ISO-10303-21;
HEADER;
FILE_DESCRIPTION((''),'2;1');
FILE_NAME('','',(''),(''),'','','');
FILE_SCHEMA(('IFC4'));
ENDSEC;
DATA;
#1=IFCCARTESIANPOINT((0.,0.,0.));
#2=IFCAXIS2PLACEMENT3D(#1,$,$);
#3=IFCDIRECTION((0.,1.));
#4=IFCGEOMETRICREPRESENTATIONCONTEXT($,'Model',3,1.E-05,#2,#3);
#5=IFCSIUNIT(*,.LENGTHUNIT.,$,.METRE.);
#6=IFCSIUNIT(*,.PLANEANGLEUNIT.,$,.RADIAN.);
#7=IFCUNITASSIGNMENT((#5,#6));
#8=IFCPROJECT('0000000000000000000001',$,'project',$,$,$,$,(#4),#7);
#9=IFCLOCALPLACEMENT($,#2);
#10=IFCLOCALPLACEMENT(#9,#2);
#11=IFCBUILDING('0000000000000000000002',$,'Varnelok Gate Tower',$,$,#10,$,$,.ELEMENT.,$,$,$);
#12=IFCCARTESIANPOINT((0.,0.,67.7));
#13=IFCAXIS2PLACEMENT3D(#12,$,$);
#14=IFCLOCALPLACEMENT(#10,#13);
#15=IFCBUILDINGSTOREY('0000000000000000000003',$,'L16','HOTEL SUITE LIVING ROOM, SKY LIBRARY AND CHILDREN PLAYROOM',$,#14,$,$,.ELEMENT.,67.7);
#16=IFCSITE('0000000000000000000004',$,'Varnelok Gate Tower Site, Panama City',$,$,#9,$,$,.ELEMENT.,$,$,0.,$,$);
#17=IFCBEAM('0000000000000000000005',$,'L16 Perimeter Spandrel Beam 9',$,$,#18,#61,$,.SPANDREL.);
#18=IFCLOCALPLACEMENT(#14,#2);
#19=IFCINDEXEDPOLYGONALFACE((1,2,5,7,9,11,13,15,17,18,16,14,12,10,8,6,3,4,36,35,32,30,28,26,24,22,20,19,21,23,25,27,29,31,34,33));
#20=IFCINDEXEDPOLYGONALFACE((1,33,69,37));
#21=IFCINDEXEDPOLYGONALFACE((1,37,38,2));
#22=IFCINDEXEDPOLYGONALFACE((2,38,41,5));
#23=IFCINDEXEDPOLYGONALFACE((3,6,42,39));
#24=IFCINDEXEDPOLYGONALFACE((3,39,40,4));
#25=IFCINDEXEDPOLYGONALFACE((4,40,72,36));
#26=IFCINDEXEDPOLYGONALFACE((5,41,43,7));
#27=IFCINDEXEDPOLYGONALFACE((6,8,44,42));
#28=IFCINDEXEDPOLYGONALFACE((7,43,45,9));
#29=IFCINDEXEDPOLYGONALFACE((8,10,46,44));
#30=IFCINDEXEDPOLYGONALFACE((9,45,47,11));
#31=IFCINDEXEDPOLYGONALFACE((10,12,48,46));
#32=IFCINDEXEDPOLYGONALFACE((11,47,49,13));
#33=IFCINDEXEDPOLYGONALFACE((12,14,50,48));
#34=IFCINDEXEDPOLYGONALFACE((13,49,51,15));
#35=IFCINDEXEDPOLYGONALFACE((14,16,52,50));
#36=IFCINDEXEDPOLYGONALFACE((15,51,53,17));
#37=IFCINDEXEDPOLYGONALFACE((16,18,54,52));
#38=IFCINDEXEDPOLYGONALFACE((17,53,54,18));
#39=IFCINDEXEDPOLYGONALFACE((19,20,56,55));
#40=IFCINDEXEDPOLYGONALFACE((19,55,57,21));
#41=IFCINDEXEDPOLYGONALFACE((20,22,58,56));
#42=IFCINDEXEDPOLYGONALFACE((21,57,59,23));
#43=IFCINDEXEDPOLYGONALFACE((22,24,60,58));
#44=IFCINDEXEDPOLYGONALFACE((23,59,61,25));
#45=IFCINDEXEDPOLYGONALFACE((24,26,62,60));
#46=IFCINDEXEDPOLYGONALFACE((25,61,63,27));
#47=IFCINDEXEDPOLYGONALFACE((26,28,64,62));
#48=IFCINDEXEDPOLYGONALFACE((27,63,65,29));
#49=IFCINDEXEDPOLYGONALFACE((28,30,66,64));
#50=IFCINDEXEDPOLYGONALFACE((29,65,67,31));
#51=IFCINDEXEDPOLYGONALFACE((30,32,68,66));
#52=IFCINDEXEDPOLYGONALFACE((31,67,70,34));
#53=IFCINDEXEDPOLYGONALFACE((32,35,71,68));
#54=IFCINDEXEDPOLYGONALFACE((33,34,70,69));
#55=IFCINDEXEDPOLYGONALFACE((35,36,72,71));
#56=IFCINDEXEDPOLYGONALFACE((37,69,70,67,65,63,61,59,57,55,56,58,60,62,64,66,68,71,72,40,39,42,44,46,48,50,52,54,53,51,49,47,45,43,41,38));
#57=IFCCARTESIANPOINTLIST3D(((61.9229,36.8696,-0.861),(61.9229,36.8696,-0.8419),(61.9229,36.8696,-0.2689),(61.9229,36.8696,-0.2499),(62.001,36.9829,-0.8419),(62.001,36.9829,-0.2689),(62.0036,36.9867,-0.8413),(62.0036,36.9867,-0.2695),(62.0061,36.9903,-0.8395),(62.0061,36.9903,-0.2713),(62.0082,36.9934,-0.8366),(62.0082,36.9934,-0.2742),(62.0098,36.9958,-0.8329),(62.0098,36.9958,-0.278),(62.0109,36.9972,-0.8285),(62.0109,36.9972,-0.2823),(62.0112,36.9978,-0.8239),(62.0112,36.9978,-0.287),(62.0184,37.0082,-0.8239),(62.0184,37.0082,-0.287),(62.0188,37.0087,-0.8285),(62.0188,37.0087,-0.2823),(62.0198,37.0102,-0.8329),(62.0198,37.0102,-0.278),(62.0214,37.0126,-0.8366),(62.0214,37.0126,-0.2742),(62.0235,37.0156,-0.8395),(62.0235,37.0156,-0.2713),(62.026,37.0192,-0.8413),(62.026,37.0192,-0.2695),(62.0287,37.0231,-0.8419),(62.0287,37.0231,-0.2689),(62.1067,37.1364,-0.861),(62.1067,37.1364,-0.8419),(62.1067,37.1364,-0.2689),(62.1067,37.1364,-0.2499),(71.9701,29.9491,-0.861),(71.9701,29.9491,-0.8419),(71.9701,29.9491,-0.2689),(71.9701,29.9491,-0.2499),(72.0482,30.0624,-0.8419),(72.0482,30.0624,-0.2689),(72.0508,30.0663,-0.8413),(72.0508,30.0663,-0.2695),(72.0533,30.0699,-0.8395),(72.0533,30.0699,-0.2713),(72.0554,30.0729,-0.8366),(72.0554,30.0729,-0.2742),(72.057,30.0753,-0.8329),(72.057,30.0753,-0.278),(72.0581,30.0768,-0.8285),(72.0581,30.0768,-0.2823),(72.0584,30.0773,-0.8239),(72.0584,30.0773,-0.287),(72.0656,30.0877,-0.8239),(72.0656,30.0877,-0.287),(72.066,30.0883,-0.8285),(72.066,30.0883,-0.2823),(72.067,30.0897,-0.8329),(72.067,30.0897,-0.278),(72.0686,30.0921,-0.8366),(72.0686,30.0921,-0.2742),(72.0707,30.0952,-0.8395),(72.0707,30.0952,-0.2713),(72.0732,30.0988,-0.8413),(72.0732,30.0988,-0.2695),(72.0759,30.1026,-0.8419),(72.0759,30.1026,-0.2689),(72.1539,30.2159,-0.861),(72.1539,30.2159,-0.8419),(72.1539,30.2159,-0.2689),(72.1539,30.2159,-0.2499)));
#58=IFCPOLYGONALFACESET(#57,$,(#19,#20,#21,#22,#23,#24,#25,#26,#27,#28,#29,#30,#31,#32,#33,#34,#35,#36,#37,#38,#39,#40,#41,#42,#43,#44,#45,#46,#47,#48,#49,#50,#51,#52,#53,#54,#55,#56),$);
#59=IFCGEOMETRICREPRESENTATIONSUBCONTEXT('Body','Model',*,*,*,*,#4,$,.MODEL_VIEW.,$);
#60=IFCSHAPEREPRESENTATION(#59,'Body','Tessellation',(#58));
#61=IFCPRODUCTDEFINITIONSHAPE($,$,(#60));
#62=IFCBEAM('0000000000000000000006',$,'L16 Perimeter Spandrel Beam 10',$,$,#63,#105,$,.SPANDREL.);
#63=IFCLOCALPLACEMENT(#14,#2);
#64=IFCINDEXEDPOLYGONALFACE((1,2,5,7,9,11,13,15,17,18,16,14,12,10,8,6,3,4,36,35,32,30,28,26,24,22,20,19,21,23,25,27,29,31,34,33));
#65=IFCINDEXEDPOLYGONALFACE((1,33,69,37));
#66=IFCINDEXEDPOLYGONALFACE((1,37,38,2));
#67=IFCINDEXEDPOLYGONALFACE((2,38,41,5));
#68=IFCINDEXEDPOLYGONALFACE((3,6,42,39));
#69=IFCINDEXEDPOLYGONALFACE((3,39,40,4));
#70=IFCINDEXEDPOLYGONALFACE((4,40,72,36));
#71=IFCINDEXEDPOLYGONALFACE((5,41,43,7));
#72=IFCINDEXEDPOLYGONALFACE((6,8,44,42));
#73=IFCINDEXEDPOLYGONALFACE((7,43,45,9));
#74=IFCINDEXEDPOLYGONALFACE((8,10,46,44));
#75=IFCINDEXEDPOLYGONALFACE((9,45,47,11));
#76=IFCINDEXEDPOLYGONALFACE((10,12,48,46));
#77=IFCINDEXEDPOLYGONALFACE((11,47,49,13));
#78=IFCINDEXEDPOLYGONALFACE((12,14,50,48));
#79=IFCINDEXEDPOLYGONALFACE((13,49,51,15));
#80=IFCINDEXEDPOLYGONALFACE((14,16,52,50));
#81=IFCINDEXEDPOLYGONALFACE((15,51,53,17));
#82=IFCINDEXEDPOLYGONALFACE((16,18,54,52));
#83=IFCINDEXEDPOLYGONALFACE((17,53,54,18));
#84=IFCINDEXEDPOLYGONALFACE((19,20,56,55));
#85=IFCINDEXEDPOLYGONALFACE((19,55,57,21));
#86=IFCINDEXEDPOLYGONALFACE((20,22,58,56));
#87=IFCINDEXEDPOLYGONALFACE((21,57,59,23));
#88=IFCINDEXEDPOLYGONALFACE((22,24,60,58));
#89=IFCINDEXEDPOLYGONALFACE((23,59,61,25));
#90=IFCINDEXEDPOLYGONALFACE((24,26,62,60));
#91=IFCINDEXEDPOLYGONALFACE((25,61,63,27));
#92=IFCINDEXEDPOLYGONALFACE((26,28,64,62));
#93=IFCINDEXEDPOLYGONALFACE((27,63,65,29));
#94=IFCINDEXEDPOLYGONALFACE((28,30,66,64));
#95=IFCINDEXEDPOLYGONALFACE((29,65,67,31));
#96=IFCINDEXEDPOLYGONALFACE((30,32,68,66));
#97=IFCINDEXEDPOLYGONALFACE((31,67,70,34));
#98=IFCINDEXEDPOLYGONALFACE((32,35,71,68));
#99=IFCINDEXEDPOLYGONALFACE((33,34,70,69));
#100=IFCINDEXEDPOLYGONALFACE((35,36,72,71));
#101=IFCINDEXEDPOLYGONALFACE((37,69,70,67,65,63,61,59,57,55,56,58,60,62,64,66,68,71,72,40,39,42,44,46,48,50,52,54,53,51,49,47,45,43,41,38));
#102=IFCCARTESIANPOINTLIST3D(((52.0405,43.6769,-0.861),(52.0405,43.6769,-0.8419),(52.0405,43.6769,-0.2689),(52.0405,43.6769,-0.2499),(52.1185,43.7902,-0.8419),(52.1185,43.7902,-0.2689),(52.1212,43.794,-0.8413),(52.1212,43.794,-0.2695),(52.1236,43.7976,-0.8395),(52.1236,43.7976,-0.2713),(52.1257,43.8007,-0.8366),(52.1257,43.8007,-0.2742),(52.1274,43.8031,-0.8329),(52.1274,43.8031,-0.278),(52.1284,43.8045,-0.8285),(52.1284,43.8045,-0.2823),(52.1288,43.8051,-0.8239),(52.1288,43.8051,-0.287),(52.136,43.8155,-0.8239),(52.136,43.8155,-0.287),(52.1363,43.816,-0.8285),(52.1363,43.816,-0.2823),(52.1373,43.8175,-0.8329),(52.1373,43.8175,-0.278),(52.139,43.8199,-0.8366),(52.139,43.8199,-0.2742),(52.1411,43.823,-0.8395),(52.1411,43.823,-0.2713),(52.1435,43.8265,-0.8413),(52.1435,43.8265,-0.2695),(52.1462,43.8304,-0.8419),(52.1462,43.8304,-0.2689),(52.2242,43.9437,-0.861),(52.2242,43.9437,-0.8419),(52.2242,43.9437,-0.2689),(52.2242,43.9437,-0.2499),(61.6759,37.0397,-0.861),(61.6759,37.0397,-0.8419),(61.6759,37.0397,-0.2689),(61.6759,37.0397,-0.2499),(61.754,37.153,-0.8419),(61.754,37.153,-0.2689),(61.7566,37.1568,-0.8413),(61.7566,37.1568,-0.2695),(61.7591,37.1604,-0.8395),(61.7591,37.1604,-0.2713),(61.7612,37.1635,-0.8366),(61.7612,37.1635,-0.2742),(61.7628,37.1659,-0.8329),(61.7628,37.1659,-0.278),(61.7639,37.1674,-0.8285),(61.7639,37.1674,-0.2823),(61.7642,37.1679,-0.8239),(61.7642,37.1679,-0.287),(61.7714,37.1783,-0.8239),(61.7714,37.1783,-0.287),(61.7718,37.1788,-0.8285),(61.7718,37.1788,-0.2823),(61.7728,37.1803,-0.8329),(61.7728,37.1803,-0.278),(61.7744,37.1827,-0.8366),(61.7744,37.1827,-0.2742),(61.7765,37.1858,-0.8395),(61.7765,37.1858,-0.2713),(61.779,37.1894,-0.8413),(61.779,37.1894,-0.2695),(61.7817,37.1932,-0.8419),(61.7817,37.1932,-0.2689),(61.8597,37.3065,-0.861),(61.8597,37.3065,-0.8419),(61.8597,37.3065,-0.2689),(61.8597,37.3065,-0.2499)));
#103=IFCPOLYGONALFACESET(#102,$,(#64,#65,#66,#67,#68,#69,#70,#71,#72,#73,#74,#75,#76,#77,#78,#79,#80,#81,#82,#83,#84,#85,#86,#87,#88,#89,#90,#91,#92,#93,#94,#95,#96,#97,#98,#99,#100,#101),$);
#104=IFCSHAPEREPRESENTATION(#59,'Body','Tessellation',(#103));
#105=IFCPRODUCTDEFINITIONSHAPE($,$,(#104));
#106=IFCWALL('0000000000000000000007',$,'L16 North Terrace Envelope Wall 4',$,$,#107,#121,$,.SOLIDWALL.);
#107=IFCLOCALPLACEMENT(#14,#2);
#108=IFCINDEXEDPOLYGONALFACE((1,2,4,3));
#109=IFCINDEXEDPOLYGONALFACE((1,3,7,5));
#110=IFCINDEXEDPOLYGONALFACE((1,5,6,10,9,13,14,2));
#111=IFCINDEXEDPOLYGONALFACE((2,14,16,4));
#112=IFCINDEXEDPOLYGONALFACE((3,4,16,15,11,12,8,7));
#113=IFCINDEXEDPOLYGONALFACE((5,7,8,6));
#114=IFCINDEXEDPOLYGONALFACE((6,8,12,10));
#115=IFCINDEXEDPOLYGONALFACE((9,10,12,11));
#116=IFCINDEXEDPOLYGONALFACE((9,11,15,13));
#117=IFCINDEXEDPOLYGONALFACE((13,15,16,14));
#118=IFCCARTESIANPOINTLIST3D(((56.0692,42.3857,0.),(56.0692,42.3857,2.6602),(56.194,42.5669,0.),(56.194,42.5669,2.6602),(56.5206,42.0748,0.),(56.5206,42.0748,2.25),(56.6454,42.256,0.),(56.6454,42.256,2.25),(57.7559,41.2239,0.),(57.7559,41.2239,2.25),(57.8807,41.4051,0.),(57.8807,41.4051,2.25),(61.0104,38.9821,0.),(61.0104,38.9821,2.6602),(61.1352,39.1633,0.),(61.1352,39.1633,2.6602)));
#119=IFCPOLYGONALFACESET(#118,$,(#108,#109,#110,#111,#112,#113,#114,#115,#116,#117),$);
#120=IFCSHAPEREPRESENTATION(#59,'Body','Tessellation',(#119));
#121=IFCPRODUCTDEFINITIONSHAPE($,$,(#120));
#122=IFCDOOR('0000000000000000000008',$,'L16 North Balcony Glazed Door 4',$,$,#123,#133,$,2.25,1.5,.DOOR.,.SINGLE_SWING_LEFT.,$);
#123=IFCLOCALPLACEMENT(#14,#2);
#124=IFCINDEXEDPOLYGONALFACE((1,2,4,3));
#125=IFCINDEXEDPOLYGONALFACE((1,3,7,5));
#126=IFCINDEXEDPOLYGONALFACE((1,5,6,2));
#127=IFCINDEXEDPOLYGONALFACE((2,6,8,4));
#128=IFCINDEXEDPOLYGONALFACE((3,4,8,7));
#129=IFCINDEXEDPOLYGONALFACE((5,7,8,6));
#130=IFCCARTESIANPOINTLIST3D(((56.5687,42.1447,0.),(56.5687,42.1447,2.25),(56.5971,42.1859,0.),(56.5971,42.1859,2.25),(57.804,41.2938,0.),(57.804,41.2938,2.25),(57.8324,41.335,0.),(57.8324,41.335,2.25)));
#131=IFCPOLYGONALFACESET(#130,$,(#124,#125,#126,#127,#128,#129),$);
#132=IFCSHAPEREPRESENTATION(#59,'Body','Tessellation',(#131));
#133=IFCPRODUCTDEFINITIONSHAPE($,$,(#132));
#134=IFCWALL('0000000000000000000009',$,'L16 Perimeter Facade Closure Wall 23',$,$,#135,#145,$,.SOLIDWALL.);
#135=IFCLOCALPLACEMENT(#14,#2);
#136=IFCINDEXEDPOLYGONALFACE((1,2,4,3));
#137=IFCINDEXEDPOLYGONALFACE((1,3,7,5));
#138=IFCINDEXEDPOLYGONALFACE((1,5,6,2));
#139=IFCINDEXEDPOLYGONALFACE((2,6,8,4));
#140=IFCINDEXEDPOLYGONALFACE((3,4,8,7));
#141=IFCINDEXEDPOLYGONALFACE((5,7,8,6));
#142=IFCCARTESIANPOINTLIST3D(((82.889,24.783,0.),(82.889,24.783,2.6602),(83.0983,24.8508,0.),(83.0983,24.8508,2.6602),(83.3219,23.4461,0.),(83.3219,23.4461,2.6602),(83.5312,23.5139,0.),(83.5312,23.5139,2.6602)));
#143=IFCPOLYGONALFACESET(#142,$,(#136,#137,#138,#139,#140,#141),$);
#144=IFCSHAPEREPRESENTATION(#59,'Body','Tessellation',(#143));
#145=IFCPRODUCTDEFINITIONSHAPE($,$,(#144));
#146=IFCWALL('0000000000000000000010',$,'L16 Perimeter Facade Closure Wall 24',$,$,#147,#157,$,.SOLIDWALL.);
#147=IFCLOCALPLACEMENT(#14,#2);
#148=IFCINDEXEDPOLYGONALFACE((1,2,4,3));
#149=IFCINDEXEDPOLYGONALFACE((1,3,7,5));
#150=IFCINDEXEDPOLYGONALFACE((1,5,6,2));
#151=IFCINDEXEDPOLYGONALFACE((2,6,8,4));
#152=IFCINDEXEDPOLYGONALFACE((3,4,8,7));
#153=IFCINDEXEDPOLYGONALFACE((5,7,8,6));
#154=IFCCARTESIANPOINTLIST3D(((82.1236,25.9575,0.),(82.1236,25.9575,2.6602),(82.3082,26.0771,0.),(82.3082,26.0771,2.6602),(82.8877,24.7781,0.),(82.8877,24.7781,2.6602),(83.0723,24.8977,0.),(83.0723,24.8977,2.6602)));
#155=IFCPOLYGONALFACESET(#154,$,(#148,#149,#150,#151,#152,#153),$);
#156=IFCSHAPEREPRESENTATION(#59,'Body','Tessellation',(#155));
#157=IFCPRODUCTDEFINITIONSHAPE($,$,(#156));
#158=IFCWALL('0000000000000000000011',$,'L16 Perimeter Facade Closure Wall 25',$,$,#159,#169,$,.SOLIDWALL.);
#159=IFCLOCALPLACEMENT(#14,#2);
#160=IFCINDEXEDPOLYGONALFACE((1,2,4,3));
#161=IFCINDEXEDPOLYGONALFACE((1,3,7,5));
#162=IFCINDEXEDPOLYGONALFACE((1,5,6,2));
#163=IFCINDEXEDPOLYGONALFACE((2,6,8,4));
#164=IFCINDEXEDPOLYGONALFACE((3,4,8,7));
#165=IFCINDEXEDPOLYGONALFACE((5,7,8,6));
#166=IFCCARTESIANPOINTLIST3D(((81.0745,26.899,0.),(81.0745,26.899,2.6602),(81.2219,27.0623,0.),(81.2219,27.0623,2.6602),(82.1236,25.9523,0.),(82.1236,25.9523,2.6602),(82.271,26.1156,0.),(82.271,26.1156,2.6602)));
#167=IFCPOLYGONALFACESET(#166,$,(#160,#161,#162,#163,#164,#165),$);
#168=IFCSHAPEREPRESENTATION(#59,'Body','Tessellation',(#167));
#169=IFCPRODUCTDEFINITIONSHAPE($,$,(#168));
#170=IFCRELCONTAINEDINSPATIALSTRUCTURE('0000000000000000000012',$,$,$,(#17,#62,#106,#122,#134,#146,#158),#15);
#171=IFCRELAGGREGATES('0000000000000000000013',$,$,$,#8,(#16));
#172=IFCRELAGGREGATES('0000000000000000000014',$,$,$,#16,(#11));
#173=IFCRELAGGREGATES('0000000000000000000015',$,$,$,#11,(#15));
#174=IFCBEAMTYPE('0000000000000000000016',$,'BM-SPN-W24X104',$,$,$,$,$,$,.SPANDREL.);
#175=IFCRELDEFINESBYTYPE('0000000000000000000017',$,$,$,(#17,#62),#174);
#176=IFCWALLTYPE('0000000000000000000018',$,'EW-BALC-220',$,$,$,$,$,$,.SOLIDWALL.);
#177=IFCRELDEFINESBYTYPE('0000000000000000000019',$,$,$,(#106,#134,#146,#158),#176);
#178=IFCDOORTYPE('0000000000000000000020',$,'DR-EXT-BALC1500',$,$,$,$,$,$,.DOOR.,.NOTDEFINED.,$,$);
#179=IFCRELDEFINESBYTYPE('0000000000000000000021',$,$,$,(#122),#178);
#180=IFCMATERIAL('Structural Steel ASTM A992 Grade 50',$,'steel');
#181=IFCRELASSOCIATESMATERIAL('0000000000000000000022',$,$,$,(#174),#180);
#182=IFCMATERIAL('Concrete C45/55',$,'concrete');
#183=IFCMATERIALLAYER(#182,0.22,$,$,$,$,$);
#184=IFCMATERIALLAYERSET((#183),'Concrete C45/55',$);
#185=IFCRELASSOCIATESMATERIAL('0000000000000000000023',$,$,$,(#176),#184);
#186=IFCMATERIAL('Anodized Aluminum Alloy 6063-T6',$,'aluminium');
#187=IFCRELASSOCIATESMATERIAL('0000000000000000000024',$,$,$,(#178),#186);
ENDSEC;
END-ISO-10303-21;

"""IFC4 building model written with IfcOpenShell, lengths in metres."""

from ifc_helpers import new_model, si_unit, direction, frame, frame_2d, origin, origin_2d, place, context, subcontext, project, spatial, rectangle, i_section, extrude, material, layer, layer_set, material_profile, profile_set, type_object, element, fill, save


model = new_model("IFC4")

# Units and contexts
model_context = context("Model", 3, precision=1e-05, world=origin(), true_north=direction((0.0, 1.0)))
body_context = subcontext(model_context, "Body", "Model", "MODEL_VIEW")
ifc_project = project(units=[si_unit("LENGTHUNIT", "METRE"), si_unit("PLANEANGLEUNIT", "RADIAN")], contexts=[model_context])

# Site, building, storey
site_placement = place(None, origin())
site = spatial("IfcSite", under=ifc_project, at=site_placement, Name="Varnelok Gate Tower Site, Panama City", CompositionType="ELEMENT", RefElevation=0.0)
building_placement = place(site_placement, origin())
building = spatial("IfcBuilding", under=site, at=building_placement, Name="Varnelok Gate Tower", CompositionType="ELEMENT")
storey_placement = place(building_placement, frame((0.0, 0.0, 67.7)))
storey = spatial("IfcBuildingStorey", under=building, at=storey_placement, Name="L16", Description="HOTEL SUITE LIVING ROOM, SKY LIBRARY AND CHILDREN PLAYROOM", CompositionType="ELEMENT", Elevation=67.7)

# Shared definitions
ifc_material_1 = material(Name="Structural Steel ASTM A992 Grade 50", Category="steel")

# Beams
ifc_material_profile_1 = material_profile(ifc_material_1, i_section(OverallWidth=0.324, OverallDepth=0.6111, WebThickness=0.0127, FlangeThickness=0.019, FilletRadius=0.0181, at=origin_2d()), Name="W24X104")
ifc_profile_set_1 = profile_set([ifc_material_profile_1], Name="Structural Steel ASTM A992 Grade 50")
beam_type_1 = type_object("IfcBeamType", Name="BM-SPN-W24X104", PredefinedType="SPANDREL", material=ifc_profile_set_1)
beam_1_placement = place(storey_placement, frame((72.062, 30.0825, -0.5554), z_axis=(-0.823544, 0.567253, 0.0), x_axis=(-0.567253, -0.823544, 0.0)))
element("IfcBeam", 1, at=beam_1_placement, inside=storey, type_object=beam_type_1, Name="L16 Perimeter Spandrel Beam 9", PredefinedType="SPANDREL", context=body_context, shape_type="SweptSolid", body=[
    extrude(i_section(OverallWidth=0.324, OverallDepth=0.6111, WebThickness=0.0127, FlangeThickness=0.019, FilletRadius=0.0181, at=origin_2d()), origin(), (0.0, 0.0, 1.0), 12.2),
])
beam_2_placement = place(storey_placement, frame((61.7678, 37.1731, -0.5554), z_axis=(-0.823531, 0.567272, 0.0), x_axis=(-0.567272, -0.823531, 0.0)))
element("IfcBeam", 2, at=beam_2_placement, inside=storey, type_object=beam_type_1, Name="L16 Perimeter Spandrel Beam 10", PredefinedType="SPANDREL", context=body_context, shape_type="SweptSolid", body=[
    extrude(i_section(OverallWidth=0.324, OverallDepth=0.6111, WebThickness=0.0127, FlangeThickness=0.019, FilletRadius=0.0181, at=origin_2d()), origin(), (0.0, 0.0, 1.0), 11.7002),
])

# Wall, opening, door
ifc_material_2 = material(Name="Concrete C45/55", Category="concrete")
ifc_layer_1 = layer(ifc_material_2, 0.22)
ifc_layer_set_1 = layer_set([ifc_layer_1], Name="Concrete C45/55")
wall_type_1 = type_object("IfcWallType", Name="EW-BALC-220", PredefinedType="SOLIDWALL", material=ifc_layer_set_1)
wall_1_placement = place(storey_placement, frame((56.1316, 42.4763, 0.0), z_axis=(0.0, 0.0, 1.0), x_axis=(0.823535, -0.567266, 0.0)))
wall_1 = element("IfcWall", 3, at=wall_1_placement, inside=storey, type_object=wall_type_1, Name="L16 North Terrace Envelope Wall 4", PredefinedType="SOLIDWALL", context=body_context, shape_type="SweptSolid", body=[
    extrude(rectangle(XDim=6.0, YDim=0.22, at=frame_2d((3.0, 0.0))), origin(), (0.0, 0.0, 1.0), 2.6602),
])
opening_1_placement = place(wall_1_placement, frame((0.5481, 0.0, 0.0)))
opening_1 = element("IfcOpeningElement", 4, at=opening_1_placement, cuts=wall_1, PredefinedType="OPENING", context=body_context, shape_type="SweptSolid", body=[
    extrude(rectangle(XDim=1.5, YDim=2.25, at=frame_2d((0.75, 1.125))), frame((0.0, 0.1199, 0.0), z_axis=(0.0, -1.0, 0.0), x_axis=(1.0, 0.0, 0.0)), (0.0, 0.0, 1.0), 0.24),
])
ifc_material_3 = material(Name="Anodized Aluminum Alloy 6063-T6", Category="aluminium")
door_type_1 = type_object("IfcDoorType", Name="DR-EXT-BALC1500", OperationType="NOTDEFINED", PredefinedType="DOOR", material=ifc_material_3)
door_1_placement = place(opening_1_placement, origin())
door_1 = element("IfcDoor", 5, at=door_1_placement, inside=storey, type_object=door_type_1, Name="L16 North Balcony Glazed Door 4", OperationType="SINGLE_SWING_LEFT", OverallHeight=2.25, OverallWidth=1.5, PredefinedType="DOOR", context=body_context, shape_type="SweptSolid", body=[
    extrude(rectangle(XDim=1.5, YDim=2.25, at=frame_2d((0.75, 1.125))), frame((0.0, 0.0249, 0.0), z_axis=(0.0, -1.0, 0.0), x_axis=(1.0, 0.0, 0.0)), (0.0, 0.0, 1.0), 0.05),
])
fill(opening_1, door_1)

# Walls
for number, where, z_axis, x_axis, name in (
    (6, (83.4265, 23.48, 0.0), (0.0, 0.0, 1.0), (-0.308033, 0.951376, 0.0), "L16 Perimeter Facade Closure Wall 23"),
    (7, (82.98, 24.8379, 0.0), (0.0, 0.0, 1.0), (-0.543748, 0.839248, 0.0), "L16 Perimeter Facade Closure Wall 24"),
):
    element("IfcWall", number, at=place(storey_placement, frame(where, z_axis=z_axis, x_axis=x_axis)), inside=storey, type_object=wall_type_1, Name=name, PredefinedType="SOLIDWALL", context=body_context, shape_type="SweptSolid", body=[
        extrude(rectangle(XDim=1.4053, YDim=0.22, at=frame_2d((0.7026, 0.0))), origin(), (0.0, 0.0, 1.0), 2.6602),
    ])
wall_2_placement = place(storey_placement, frame((82.1973, 26.0339, 0.0), z_axis=(0.0, 0.0, 1.0), x_axis=(-0.742374, 0.669985, 0.0)))
element("IfcWall", 8, at=wall_2_placement, inside=storey, type_object=wall_type_1, Name="L16 Perimeter Facade Closure Wall 25", PredefinedType="SOLIDWALL", context=body_context, shape_type="SweptSolid", body=[
    extrude(rectangle(XDim=1.4131, YDim=0.22, at=frame_2d((0.7065, 0.0))), origin(), (0.0, 0.0, 1.0), 2.6602),
])

save(model, "model.ifc")
